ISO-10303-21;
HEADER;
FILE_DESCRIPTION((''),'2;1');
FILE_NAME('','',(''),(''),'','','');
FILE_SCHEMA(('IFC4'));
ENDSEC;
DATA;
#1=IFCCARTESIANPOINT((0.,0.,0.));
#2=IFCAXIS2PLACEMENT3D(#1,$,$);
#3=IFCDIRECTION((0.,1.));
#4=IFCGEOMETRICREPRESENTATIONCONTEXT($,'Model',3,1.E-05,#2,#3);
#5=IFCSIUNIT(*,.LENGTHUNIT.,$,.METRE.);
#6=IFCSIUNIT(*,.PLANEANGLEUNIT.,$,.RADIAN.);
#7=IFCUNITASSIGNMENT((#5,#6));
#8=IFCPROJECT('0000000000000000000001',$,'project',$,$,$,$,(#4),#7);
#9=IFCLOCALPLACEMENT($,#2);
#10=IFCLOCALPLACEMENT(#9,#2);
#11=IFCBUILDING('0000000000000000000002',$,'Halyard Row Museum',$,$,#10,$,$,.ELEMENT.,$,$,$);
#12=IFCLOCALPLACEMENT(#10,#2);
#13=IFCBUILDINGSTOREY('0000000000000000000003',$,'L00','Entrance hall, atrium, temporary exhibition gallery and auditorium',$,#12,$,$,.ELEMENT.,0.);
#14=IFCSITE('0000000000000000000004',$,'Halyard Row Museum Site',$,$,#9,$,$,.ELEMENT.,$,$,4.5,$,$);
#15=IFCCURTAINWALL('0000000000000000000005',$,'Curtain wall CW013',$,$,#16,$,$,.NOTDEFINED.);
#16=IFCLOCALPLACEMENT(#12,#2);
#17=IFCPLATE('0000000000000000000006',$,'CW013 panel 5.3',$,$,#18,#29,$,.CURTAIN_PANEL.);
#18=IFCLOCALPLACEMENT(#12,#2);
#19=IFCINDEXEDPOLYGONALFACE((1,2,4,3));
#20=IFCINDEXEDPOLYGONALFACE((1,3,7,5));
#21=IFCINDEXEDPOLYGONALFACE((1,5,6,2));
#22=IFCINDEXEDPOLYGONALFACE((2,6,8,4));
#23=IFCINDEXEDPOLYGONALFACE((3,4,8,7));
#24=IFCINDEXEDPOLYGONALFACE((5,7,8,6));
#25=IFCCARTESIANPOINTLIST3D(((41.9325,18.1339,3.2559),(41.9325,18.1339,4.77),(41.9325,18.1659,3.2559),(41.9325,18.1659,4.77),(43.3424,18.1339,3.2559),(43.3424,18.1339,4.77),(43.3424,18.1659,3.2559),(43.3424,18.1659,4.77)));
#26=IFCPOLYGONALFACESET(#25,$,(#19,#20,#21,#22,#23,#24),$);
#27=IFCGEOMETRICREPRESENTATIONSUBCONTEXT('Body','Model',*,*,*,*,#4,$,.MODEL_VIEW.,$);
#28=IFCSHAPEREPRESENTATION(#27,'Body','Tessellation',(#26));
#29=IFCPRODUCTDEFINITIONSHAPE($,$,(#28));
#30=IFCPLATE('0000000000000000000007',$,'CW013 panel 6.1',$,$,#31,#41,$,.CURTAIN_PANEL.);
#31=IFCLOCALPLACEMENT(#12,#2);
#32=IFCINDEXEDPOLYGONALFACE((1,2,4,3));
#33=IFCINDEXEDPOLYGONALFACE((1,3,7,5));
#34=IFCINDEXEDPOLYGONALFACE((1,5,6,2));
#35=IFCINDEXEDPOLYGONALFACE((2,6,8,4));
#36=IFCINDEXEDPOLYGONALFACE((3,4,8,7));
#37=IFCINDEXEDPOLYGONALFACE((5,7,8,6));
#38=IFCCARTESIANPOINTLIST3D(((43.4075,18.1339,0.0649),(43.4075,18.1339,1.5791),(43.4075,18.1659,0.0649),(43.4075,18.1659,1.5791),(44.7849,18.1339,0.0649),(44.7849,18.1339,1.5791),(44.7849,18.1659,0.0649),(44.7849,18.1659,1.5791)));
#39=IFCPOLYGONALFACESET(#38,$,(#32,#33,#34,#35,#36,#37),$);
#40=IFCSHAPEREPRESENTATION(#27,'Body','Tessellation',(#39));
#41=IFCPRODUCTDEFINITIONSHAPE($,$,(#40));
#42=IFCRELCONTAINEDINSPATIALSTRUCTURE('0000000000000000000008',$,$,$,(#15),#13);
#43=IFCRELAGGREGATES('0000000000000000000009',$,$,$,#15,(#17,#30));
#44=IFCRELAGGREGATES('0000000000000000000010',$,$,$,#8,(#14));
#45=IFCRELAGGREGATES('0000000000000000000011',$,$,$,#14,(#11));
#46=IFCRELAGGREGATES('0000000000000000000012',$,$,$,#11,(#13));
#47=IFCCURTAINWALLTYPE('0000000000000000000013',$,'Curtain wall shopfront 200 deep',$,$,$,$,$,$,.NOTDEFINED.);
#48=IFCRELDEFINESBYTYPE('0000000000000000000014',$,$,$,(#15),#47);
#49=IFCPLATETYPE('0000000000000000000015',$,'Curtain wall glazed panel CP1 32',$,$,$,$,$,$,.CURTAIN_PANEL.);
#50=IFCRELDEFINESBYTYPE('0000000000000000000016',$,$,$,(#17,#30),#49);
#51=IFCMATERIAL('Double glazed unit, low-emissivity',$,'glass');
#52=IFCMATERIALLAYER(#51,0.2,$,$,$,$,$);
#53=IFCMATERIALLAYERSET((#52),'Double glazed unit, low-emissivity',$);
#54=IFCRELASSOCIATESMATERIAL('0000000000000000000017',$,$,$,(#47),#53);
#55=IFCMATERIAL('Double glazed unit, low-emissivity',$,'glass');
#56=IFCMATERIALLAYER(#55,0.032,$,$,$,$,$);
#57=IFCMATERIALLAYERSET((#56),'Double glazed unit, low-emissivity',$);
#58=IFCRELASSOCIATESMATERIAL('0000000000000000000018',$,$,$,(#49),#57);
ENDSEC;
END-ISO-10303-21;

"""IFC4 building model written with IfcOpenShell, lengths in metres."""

from ifc_helpers import new_model, si_unit, direction, frame, origin, origin_2d, place, context, subcontext, project, spatial, rectangle, extrude, material, layer, layer_set, type_object, element, aggregate, save


model = new_model("IFC4")

# Units and contexts
model_context = context("Model", 3, precision=1e-05, world=origin(), true_north=direction((0.0, 1.0)))
body_context = subcontext(model_context, "Body", "Model", "MODEL_VIEW")
ifc_project = project(units=[si_unit("LENGTHUNIT", "METRE"), si_unit("PLANEANGLEUNIT", "RADIAN")], contexts=[model_context])

# Site, building, storey
site_placement = place(None, origin())
site = spatial("IfcSite", under=ifc_project, at=site_placement, Name="Halyard Row Museum Site", CompositionType="ELEMENT", RefElevation=4.5)
building_placement = place(site_placement, origin())
building = spatial("IfcBuilding", under=site, at=building_placement, Name="Halyard Row Museum", CompositionType="ELEMENT")
storey_placement = place(building_placement, origin())
storey = spatial("IfcBuildingStorey", under=building, at=storey_placement, Name="L00", Description="Entrance hall, atrium, temporary exhibition gallery and auditorium", CompositionType="ELEMENT", Elevation=0.0)

# Curtain wall
ifc_material_1 = material(Name="Double glazed unit, low-emissivity", Category="glass")
ifc_layer_1 = layer(ifc_material_1, 0.2)
ifc_layer_set_1 = layer_set([ifc_layer_1], Name="Double glazed unit, low-emissivity")
curtain_wall_type = type_object("IfcCurtainWallType", Name="Curtain wall shopfront 200 deep", PredefinedType="NOTDEFINED", material=ifc_layer_set_1)
curtain_wall_placement = place(storey_placement, origin())
curtain_wall = element("IfcCurtainWall", 1, at=curtain_wall_placement, inside=storey, type_object=curtain_wall_type, Name="Curtain wall CW013", PredefinedType="NOTDEFINED")

# Plates
ifc_material_2 = material(Name="Double glazed unit, low-emissivity", Category="glass")
ifc_layer_2 = layer(ifc_material_2, 0.032)
ifc_layer_set_2 = layer_set([ifc_layer_2], Name="Double glazed unit, low-emissivity")
plate_type = type_object("IfcPlateType", Name="Curtain wall glazed panel CP1 32", PredefinedType="CURTAIN_PANEL", material=ifc_layer_set_2)
plate_1_placement = place(storey_placement, frame((42.6375, 18.1499, 3.2559), z_axis=(0.0, 0.0, 1.0), x_axis=(1.0, 0.0, 0.0)))
plate_1 = element("IfcPlate", 2, at=plate_1_placement, type_object=plate_type, Name="CW013 panel 5.3", PredefinedType="CURTAIN_PANEL", context=body_context, shape_type="SweptSolid", body=[
    extrude(rectangle(XDim=1.4099, YDim=0.032, at=origin_2d()), origin(), (0.0, 0.0, 1.0), 1.5142),
])
plate_2_placement = place(storey_placement, frame((44.0962, 18.1499, 0.0649), z_axis=(0.0, 0.0, 1.0), x_axis=(1.0, 0.0, 0.0)))
plate_2 = element("IfcPlate", 3, at=plate_2_placement, type_object=plate_type, Name="CW013 panel 6.1", PredefinedType="CURTAIN_PANEL", context=body_context, shape_type="SweptSolid", body=[
    extrude(rectangle(XDim=1.3774, YDim=0.032, at=origin_2d()), origin(), (0.0, 0.0, 1.0), 1.5142),
])
aggregate(curtain_wall, [plate_1, plate_2])

save(model, "model.ifc")
